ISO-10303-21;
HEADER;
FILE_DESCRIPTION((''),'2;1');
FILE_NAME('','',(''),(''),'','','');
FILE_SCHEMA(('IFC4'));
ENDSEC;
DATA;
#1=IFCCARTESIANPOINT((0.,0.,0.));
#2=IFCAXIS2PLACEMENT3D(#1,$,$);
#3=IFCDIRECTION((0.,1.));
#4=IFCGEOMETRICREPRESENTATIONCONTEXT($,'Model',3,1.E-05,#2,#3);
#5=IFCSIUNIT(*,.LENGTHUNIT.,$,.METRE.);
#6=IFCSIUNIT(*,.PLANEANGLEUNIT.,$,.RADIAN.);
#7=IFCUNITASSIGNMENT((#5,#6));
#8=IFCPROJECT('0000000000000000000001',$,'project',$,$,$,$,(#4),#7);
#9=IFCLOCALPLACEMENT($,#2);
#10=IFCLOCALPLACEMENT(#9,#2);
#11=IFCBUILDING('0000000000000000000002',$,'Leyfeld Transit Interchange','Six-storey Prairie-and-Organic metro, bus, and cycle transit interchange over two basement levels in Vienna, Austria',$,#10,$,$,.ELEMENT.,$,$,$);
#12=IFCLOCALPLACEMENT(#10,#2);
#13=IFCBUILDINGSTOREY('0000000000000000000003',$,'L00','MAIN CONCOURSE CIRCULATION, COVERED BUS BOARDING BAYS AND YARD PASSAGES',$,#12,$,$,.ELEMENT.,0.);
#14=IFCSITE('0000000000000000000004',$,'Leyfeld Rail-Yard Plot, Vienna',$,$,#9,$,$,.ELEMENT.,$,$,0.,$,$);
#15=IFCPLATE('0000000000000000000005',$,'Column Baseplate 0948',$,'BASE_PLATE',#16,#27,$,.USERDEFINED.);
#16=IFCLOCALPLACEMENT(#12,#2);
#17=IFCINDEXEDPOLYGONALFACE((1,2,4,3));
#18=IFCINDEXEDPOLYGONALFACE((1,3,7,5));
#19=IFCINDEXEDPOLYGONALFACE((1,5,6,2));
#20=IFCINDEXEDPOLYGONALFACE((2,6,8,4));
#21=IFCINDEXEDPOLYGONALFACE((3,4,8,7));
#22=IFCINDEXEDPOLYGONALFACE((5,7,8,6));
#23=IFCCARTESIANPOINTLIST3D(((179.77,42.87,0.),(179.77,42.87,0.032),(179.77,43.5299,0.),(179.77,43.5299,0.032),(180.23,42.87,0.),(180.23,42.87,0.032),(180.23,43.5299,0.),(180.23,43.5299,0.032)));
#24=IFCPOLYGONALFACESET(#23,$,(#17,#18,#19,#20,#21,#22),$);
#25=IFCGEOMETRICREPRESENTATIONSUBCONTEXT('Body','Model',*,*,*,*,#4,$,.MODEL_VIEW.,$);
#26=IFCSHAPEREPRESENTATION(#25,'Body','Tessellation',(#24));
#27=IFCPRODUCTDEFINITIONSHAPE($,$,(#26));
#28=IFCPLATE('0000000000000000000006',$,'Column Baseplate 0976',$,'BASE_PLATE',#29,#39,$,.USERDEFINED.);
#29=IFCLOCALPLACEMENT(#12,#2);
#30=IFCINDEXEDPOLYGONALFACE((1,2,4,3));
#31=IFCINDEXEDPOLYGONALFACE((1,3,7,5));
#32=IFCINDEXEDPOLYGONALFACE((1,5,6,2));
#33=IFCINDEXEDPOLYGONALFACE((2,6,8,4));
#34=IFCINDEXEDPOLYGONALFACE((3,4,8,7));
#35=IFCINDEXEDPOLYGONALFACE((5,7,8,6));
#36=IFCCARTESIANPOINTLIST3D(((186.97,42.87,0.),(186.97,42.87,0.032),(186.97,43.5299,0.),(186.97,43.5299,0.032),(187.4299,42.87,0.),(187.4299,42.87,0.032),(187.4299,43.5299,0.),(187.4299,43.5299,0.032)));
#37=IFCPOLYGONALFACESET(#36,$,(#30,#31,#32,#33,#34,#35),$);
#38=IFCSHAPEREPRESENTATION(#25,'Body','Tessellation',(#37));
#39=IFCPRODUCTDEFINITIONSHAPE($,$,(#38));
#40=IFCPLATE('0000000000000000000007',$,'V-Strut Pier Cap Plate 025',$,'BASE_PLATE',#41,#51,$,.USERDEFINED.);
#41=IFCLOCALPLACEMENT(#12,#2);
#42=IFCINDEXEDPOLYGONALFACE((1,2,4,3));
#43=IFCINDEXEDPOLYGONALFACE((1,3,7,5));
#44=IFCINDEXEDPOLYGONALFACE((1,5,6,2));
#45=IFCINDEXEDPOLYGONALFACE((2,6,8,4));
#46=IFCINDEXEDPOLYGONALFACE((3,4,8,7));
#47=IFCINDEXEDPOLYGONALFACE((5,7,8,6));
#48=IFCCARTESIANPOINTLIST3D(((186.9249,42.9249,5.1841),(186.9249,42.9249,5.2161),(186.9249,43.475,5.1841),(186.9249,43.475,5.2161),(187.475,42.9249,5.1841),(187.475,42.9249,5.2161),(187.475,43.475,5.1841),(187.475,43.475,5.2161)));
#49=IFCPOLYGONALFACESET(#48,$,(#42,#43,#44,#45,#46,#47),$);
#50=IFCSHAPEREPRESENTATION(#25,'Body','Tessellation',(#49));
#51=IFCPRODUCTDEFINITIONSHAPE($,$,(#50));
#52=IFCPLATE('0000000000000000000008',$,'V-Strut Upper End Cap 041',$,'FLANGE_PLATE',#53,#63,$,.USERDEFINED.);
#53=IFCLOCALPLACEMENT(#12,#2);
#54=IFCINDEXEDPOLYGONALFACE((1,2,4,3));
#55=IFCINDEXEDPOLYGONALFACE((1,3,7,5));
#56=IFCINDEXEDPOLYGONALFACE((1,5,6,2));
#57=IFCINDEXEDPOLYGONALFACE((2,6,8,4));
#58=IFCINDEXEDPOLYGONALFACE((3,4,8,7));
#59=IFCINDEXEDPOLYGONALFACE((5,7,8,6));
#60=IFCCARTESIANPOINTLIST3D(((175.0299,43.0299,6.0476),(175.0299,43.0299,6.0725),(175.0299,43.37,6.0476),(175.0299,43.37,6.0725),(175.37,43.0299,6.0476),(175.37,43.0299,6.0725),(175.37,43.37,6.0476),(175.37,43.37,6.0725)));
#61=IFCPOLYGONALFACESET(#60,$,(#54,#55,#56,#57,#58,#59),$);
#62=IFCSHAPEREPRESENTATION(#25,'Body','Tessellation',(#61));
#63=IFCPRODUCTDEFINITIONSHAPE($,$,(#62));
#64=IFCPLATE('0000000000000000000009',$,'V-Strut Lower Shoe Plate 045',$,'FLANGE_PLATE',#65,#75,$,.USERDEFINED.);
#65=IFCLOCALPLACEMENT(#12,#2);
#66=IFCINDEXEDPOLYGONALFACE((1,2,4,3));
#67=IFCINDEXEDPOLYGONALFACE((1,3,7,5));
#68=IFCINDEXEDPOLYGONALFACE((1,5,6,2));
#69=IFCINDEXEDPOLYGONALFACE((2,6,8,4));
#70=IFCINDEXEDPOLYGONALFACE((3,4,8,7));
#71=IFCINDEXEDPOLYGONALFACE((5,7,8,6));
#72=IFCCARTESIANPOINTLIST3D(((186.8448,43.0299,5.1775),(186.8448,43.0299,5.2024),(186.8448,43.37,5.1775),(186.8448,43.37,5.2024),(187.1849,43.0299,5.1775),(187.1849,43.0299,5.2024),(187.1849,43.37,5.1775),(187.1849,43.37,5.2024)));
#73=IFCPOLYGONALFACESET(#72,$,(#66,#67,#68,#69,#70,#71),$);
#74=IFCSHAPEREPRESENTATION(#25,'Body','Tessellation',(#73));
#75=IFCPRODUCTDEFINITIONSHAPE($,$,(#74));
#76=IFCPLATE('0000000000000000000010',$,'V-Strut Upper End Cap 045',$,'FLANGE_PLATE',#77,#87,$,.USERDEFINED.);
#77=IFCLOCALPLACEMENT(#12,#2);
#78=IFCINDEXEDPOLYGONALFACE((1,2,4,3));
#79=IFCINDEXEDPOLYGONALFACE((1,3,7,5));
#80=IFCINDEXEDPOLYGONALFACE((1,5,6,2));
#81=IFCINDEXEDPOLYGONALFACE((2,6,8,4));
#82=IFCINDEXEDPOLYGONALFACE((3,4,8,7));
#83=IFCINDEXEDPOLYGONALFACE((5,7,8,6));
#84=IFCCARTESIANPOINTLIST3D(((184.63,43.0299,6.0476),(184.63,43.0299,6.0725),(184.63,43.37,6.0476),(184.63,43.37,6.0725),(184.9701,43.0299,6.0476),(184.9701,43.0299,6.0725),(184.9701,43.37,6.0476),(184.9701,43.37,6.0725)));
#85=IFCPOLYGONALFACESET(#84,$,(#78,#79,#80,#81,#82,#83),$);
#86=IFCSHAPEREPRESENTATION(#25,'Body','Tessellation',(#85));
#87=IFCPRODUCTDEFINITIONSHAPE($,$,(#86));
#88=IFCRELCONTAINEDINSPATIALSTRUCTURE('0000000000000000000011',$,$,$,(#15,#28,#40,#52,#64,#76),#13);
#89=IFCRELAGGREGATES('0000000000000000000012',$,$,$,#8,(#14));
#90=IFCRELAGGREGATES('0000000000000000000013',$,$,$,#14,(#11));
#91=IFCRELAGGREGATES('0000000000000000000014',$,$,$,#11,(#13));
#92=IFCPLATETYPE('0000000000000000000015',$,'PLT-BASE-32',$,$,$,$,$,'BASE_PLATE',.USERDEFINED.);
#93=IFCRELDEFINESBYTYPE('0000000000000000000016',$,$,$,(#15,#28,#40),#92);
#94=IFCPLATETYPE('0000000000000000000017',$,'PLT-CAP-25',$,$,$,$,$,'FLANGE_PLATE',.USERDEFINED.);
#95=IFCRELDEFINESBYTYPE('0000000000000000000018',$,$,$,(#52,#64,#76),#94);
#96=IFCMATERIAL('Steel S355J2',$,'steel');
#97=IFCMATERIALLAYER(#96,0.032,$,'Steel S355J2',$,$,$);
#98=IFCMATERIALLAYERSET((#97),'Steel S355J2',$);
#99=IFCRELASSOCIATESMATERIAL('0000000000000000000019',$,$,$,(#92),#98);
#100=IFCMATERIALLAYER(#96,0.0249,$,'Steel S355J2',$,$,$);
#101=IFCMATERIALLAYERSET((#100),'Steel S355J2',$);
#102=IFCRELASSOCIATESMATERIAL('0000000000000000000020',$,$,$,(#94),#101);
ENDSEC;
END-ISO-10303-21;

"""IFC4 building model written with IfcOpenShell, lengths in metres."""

from ifc_helpers import new_model, si_unit, direction, frame, origin, origin_2d, place, context, subcontext, project, spatial, rectangle, extrude, material, layer, layer_set, type_object, element, save


model = new_model("IFC4")

# Units and contexts
model_context = context("Model", 3, precision=1e-05, world=origin(), true_north=direction((0.0, 1.0)))
body_context = subcontext(model_context, "Body", "Model", "MODEL_VIEW")
ifc_project = project(units=[si_unit("LENGTHUNIT", "METRE"), si_unit("PLANEANGLEUNIT", "RADIAN")], contexts=[model_context])

# Site, building, storey
site_placement = place(None, origin())
site = spatial("IfcSite", under=ifc_project, at=site_placement, Name="Leyfeld Rail-Yard Plot, Vienna", CompositionType="ELEMENT", RefElevation=0.0)
building_placement = place(site_placement, origin())
building = spatial("IfcBuilding", under=site, at=building_placement, Name="Leyfeld Transit Interchange", Description="Six-storey Prairie-and-Organic metro, bus, and cycle transit interchange over two basement levels in Vienna, Austria", CompositionType="ELEMENT")
storey_placement = place(building_placement, origin())
storey = spatial("IfcBuildingStorey", under=building, at=storey_placement, Name="L00", Description="MAIN CONCOURSE CIRCULATION, COVERED BUS BOARDING BAYS AND YARD PASSAGES", CompositionType="ELEMENT", Elevation=0.0)

# Shared definitions
ifc_material_1 = material(Name="Steel S355J2", Category="steel")

# Plates
ifc_layer_1 = layer(ifc_material_1, 0.032, Name="Steel S355J2")
ifc_layer_set_1 = layer_set([ifc_layer_1], Name="Steel S355J2")
plate_type_1 = type_object("IfcPlateType", Name="PLT-BASE-32", ElementType="BASE_PLATE", PredefinedType="USERDEFINED", material=ifc_layer_set_1)
for number, where, z_axis, x_axis, name in (
    (1, (180.0, 43.2, 0.0), (0.0, 0.0, 1.0), (1.0, 0.0, 0.0), "Column Baseplate 0948"),
    (2, (187.2, 43.2, 0.0), (0.0, 0.0, 1.0), (1.0, 0.0, 0.0), "Column Baseplate 0976"),
):
    element("IfcPlate", number, at=place(storey_placement, frame(where, z_axis=z_axis, x_axis=x_axis)), inside=storey, type_object=plate_type_1, Name=name, ObjectType="BASE_PLATE", PredefinedType="USERDEFINED", context=body_context, shape_type="SweptSolid", body=[
        extrude(rectangle(XDim=0.46, YDim=0.6599, at=origin_2d()), origin(), (0.0, 0.0, 1.0), 0.032),
    ])
plate_placement = place(storey_placement, frame((187.2, 43.2, 5.1841), z_axis=(0.0, 0.0, 1.0), x_axis=(1.0, 0.0, 0.0)))
element("IfcPlate", 3, at=plate_placement, inside=storey, type_object=plate_type_1, Name="V-Strut Pier Cap Plate 025", ObjectType="BASE_PLATE", PredefinedType="USERDEFINED", context=body_context, shape_type="SweptSolid", body=[
    extrude(rectangle(XDim=0.55, YDim=0.55, at=origin_2d()), origin(), (0.0, 0.0, 1.0), 0.032),
])
ifc_layer_2 = layer(ifc_material_1, 0.0249, Name="Steel S355J2")
ifc_layer_set_2 = layer_set([ifc_layer_2], Name="Steel S355J2")
plate_type_2 = type_object("IfcPlateType", Name="PLT-CAP-25", ElementType="FLANGE_PLATE", PredefinedType="USERDEFINED", material=ifc_layer_set_2)
for number, where, z_axis, x_axis, name in (
    (4, (175.2, 43.2, 6.0476), (0.0, 0.0, 1.0), (1.0, 0.0, 0.0), "V-Strut Upper End Cap 041"),
    (5, (187.0149, 43.2, 5.1775), (0.0, 0.0, 1.0), (1.0, 0.0, 0.0), "V-Strut Lower Shoe Plate 045"),
    (6, (184.8, 43.2, 6.0476), (0.0, 0.0, 1.0), (1.0, 0.0, 0.0), "V-Strut Upper End Cap 045"),
):
    element("IfcPlate", number, at=place(storey_placement, frame(where, z_axis=z_axis, x_axis=x_axis)), inside=storey, type_object=plate_type_2, Name=name, ObjectType="FLANGE_PLATE", PredefinedType="USERDEFINED", context=body_context, shape_type="SweptSolid", body=[
        extrude(rectangle(XDim=0.3401, YDim=0.3401, at=origin_2d()), origin(), (0.0, 0.0, 1.0), 0.0249),
    ])

save(model, "model.ifc")
